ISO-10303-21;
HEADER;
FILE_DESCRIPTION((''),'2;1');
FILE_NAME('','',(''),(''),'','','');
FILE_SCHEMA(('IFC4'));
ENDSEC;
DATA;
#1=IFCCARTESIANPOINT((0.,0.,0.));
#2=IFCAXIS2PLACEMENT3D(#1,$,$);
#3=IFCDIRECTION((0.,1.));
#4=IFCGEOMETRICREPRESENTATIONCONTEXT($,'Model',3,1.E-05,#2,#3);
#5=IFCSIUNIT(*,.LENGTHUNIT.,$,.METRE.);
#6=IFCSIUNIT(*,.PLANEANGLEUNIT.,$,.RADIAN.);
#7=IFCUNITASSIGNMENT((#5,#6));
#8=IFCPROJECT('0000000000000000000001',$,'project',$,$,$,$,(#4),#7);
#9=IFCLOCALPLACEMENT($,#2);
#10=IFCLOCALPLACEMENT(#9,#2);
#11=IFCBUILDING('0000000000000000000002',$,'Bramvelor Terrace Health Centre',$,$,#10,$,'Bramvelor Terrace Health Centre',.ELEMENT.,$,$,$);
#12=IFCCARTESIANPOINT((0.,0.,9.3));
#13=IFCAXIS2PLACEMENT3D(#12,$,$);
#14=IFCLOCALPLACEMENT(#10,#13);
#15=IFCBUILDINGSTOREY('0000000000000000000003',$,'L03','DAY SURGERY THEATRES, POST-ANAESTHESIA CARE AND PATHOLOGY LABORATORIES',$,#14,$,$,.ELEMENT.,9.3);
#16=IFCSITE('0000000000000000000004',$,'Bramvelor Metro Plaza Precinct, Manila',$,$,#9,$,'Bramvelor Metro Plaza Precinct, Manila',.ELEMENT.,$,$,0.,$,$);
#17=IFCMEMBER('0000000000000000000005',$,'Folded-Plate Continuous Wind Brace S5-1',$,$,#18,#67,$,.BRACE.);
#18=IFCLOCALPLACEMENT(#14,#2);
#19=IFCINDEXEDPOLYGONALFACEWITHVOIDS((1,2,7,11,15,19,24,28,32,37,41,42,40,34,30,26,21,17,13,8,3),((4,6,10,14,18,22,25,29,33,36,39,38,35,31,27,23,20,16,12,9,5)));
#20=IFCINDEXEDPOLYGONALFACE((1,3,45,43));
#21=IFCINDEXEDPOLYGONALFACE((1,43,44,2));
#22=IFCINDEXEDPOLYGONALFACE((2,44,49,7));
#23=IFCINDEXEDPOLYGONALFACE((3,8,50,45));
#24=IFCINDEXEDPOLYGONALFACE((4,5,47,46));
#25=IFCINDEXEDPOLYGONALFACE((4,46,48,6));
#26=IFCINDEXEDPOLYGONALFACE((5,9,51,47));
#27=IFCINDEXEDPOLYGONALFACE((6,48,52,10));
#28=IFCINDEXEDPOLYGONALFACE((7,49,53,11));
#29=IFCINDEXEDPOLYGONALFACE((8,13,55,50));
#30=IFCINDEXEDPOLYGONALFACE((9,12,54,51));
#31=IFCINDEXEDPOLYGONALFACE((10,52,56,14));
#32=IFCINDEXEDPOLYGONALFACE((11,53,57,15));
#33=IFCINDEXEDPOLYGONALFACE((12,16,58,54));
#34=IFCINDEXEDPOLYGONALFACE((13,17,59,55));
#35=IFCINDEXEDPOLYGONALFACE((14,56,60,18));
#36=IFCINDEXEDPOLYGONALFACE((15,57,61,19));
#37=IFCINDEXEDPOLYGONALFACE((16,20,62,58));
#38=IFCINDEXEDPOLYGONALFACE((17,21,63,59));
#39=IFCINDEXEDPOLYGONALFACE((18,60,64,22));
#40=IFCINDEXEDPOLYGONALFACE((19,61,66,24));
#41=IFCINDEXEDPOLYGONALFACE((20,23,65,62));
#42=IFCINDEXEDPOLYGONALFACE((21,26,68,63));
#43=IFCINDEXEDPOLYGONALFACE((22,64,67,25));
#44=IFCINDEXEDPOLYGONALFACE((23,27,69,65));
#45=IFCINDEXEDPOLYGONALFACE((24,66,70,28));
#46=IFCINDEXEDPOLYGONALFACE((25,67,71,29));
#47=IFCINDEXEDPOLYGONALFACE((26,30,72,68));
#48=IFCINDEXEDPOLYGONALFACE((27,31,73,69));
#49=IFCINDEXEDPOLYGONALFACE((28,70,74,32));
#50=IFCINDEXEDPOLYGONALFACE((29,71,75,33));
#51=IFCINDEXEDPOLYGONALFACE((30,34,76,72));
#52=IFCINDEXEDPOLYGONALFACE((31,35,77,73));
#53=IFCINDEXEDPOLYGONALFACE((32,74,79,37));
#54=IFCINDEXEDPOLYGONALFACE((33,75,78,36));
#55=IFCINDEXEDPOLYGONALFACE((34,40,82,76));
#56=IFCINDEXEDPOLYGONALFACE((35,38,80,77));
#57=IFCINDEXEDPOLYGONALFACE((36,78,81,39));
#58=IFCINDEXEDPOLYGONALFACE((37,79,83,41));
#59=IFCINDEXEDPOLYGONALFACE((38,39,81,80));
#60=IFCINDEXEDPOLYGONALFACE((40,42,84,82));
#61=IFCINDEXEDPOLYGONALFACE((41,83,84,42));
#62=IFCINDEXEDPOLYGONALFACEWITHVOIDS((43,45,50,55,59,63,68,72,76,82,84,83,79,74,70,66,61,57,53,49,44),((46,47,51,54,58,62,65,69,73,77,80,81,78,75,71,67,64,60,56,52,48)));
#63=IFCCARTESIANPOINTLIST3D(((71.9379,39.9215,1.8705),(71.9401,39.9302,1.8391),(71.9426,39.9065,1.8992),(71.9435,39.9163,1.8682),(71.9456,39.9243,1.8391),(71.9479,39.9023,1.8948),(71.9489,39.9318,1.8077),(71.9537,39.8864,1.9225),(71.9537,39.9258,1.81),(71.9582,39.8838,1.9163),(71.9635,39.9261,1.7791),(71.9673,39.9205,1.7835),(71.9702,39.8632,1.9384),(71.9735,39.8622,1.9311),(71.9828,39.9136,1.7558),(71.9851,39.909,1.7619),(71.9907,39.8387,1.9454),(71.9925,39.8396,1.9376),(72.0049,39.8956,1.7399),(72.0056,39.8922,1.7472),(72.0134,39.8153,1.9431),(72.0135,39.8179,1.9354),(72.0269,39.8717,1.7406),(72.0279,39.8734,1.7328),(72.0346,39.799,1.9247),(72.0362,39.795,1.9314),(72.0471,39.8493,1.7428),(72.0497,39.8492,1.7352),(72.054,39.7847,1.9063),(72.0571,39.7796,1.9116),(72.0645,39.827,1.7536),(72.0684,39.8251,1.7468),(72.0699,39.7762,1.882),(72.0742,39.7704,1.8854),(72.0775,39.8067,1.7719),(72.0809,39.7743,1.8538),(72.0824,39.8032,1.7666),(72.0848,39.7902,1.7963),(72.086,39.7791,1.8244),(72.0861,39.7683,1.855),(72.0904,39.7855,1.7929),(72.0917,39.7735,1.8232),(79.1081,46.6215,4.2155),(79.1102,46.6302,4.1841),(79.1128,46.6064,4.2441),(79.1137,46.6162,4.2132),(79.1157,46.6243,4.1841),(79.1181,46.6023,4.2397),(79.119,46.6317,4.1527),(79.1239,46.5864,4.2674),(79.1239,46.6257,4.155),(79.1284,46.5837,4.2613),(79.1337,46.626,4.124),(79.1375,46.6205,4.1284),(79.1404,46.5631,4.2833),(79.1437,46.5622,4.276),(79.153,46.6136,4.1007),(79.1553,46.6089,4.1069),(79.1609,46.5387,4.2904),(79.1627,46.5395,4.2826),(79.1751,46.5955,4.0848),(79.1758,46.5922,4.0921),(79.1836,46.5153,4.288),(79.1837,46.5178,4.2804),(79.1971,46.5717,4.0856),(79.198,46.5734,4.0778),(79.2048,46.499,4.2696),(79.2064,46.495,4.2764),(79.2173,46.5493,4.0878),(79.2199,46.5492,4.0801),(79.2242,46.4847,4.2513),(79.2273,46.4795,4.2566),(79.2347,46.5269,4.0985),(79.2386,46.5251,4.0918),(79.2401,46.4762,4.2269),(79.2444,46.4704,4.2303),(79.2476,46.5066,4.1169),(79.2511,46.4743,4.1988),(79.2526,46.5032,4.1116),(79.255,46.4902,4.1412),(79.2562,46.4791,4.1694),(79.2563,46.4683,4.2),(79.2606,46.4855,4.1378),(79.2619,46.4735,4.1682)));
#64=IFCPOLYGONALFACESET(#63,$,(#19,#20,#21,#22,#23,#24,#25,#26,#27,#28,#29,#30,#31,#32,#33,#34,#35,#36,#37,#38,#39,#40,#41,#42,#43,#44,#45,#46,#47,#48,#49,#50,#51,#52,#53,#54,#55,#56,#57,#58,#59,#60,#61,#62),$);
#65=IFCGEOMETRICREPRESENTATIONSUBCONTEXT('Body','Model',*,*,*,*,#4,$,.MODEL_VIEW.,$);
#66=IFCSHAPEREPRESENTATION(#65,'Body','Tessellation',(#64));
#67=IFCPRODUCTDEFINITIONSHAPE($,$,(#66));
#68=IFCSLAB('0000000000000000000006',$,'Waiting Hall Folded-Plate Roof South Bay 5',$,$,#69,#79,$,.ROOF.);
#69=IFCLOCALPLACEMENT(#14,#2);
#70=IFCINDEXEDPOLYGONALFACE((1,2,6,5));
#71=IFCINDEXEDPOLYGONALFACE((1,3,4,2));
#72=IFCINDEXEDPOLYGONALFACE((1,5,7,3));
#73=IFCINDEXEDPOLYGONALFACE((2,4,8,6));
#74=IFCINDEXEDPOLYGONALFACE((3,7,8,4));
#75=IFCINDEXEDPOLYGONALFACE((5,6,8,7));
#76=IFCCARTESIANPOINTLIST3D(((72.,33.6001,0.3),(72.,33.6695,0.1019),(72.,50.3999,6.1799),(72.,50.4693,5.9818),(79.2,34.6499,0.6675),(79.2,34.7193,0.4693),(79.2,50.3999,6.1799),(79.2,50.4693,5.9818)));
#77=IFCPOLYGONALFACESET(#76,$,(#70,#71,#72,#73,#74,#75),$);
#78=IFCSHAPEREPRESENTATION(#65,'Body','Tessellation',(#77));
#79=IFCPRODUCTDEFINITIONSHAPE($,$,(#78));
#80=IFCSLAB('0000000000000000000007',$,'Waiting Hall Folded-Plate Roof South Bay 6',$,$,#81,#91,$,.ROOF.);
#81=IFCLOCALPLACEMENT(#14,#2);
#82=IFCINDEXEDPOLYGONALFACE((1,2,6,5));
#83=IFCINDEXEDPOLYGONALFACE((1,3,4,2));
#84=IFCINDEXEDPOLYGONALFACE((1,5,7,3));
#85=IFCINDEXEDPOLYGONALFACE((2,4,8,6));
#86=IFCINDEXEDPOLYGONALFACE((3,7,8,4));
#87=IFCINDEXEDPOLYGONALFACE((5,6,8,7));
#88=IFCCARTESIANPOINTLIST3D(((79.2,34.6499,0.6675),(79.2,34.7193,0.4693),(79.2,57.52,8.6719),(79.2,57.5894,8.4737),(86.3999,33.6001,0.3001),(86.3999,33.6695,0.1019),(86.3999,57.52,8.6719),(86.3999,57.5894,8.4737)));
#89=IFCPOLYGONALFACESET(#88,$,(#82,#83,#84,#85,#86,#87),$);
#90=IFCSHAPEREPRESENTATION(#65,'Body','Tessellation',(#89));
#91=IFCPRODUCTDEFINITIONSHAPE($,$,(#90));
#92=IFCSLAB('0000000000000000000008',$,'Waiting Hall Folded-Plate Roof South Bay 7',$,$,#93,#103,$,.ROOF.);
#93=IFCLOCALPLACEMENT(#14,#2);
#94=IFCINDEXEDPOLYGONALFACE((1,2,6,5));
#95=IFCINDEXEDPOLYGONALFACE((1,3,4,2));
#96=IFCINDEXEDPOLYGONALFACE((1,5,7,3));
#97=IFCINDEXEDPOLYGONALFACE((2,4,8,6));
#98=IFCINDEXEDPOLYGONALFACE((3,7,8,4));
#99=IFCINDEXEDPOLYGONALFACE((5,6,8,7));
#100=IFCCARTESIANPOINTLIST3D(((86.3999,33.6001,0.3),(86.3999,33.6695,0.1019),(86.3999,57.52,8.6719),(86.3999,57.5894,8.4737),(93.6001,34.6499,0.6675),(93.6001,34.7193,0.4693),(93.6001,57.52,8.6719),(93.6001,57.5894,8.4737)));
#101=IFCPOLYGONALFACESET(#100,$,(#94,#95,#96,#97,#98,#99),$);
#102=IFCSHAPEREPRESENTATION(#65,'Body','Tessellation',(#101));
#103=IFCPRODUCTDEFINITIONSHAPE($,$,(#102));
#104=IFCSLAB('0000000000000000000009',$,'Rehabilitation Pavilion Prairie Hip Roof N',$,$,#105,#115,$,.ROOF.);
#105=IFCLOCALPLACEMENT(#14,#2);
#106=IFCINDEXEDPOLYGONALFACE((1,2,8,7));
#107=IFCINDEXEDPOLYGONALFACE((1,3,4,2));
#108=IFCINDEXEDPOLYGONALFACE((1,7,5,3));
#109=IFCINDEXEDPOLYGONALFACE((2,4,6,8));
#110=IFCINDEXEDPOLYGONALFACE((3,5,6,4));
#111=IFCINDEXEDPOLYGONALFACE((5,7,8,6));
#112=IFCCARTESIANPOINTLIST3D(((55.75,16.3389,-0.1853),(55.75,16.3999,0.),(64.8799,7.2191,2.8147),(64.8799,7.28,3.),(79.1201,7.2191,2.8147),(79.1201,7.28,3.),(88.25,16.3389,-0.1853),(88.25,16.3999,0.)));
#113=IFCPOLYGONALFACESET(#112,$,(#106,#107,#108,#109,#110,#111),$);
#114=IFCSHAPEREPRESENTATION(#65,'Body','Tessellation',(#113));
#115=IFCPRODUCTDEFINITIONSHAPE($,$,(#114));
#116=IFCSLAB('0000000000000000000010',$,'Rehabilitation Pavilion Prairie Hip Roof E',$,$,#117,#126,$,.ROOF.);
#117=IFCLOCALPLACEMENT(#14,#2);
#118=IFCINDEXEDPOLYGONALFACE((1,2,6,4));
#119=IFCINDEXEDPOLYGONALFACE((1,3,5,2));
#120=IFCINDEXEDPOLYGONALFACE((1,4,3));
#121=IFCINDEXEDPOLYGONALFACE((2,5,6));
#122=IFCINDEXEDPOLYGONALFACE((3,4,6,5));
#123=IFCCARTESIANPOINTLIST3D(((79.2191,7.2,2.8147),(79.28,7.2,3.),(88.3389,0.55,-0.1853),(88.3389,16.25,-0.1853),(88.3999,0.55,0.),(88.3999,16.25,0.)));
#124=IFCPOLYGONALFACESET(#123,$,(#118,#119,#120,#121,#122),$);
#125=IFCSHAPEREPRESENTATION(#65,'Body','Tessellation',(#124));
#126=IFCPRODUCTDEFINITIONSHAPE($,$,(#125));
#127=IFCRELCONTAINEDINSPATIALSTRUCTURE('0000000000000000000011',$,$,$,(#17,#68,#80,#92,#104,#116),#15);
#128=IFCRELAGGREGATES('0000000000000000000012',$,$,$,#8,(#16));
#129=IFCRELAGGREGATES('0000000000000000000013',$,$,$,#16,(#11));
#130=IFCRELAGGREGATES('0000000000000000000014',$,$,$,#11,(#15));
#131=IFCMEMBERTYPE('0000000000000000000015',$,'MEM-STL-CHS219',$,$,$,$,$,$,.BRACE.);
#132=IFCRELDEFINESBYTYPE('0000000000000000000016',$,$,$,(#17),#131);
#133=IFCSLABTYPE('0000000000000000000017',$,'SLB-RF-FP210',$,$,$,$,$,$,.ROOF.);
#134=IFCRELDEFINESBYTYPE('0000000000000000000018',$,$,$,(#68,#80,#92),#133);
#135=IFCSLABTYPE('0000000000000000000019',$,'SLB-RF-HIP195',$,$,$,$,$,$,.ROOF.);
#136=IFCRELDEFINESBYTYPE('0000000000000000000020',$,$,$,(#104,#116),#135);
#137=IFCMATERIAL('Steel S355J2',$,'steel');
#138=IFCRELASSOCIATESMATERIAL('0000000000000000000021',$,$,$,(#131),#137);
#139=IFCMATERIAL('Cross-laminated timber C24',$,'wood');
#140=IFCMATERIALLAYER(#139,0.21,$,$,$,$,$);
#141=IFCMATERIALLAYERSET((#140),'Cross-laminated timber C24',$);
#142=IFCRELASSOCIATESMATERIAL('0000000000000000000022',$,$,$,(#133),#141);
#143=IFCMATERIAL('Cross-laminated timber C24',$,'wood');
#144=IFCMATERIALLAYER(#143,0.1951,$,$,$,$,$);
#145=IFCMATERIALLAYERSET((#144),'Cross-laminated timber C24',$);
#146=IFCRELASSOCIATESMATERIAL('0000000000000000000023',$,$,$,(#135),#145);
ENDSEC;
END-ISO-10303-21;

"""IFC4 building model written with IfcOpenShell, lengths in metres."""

from ifc_helpers import new_model, si_unit, direction, frame, origin, origin_2d, place, context, subcontext, project, spatial, polyline, hollow_circle, outline, extrude, material, layer, layer_set, material_profile, profile_set, type_object, element, save


model = new_model("IFC4")

# Units and contexts
model_context = context("Model", 3, precision=1e-05, world=origin(), true_north=direction((0.0, 1.0)))
body_context = subcontext(model_context, "Body", "Model", "MODEL_VIEW")
ifc_project = project(units=[si_unit("LENGTHUNIT", "METRE"), si_unit("PLANEANGLEUNIT", "RADIAN")], contexts=[model_context])

# Site, building, storey
site_placement = place(None, origin())
site = spatial("IfcSite", under=ifc_project, at=site_placement, Name="Bramvelor Metro Plaza Precinct, Manila", LongName="Bramvelor Metro Plaza Precinct, Manila", CompositionType="ELEMENT", RefElevation=0.0)
building_placement = place(site_placement, origin())
building = spatial("IfcBuilding", under=site, at=building_placement, Name="Bramvelor Terrace Health Centre", LongName="Bramvelor Terrace Health Centre", CompositionType="ELEMENT")
storey_placement = place(building_placement, frame((0.0, 0.0, 9.3)))
storey = spatial("IfcBuildingStorey", under=building, at=storey_placement, Name="L03", Description="DAY SURGERY THEATRES, POST-ANAESTHESIA CARE AND PATHOLOGY LABORATORIES", CompositionType="ELEMENT", Elevation=9.3)

# Member
ifc_material_1 = material(Name="Steel S355J2", Category="steel")
ifc_material_profile_1 = material_profile(ifc_material_1, hollow_circle(Radius=0.1096, WallThickness=0.0081, at=origin_2d()), Name="CHS 219.1x8.0")
ifc_profile_set_1 = profile_set([ifc_material_profile_1], Name="Steel S355J2")
member_type_1 = type_object("IfcMemberType", Name="MEM-STL-CHS219", PredefinedType="BRACE", material=ifc_profile_set_1)
member_1_placement = place(storey_placement, frame((72.0149, 39.8501, 1.8391), z_axis=(0.710651, 0.664047, 0.232415), x_axis=(-0.682743, 0.730659, 0.0)))
element("IfcMember", 1, at=member_1_placement, inside=storey, type_object=member_type_1, Name="Folded-Plate Continuous Wind Brace S5-1", PredefinedType="BRACE", context=body_context, shape_type="SweptSolid", body=[
    extrude(hollow_circle(Radius=0.1096, WallThickness=0.0081, at=origin_2d()), origin(), (0.0, 0.0, 1.0), 10.0896),
])

# Slabs
ifc_material_2 = material(Name="Cross-laminated timber C24", Category="wood")
ifc_layer_1 = layer(ifc_material_2, 0.21)
ifc_layer_set_1 = layer_set([ifc_layer_1], Name="Cross-laminated timber C24")
slab_type_1 = type_object("IfcSlabType", Name="SLB-RF-FP210", PredefinedType="ROOF", material=ifc_layer_set_1)
slab_1_placement = place(storey_placement, frame((72.0, 33.6001, 0.3), z_axis=(0.0, -0.330348, 0.943859), x_axis=(0.988277, 0.144098, 0.050434)))
element("IfcSlab", 2, at=slab_1_placement, inside=storey, type_object=slab_type_1, Name="Waiting Hall Folded-Plate Roof South Bay 5", PredefinedType="ROOF", context=body_context, shape_type="SweptSolid", body=[
    extrude(outline(polyline([(0.0, 0.0), (7.2854, 0.0), (9.8329, 16.4912), (2.7174, 17.5904), (0.0, 0.0)])), origin(), (0.0, 0.0, -1.0), 0.21),
])
slab_2_placement = place(storey_placement, frame((79.2, 34.6499, 0.6675), z_axis=(0.0, -0.330345, 0.94386), x_axis=(0.988277, -0.144098, -0.050434)))
element("IfcSlab", 3, at=slab_2_placement, inside=storey, type_object=slab_type_1, Name="Waiting Hall Folded-Plate Roof South Bay 6", PredefinedType="ROOF", context=body_context, shape_type="SweptSolid", body=[
    extrude(outline(polyline([(0.0, 0.0), (7.2854, 0.0), (3.4163, 25.0456), (-3.6992, 23.9464), (0.0, 0.0)])), origin(), (0.0, 0.0, -1.0), 0.21),
])
slab_3_placement = place(storey_placement, frame((86.3999, 33.6001, 0.3), z_axis=(0.0, -0.330345, 0.94386), x_axis=(0.988278, 0.144093, 0.050432)))
element("IfcSlab", 4, at=slab_3_placement, inside=storey, type_object=slab_type_1, Name="Waiting Hall Folded-Plate Roof South Bay 7", PredefinedType="ROOF", context=body_context, shape_type="SweptSolid", body=[
    extrude(outline(polyline([(0.0, 0.0), (7.2856, 0.0), (10.9847, 23.9464), (3.8689, 25.0456), (0.0, 0.0)])), origin(), (0.0, 0.0, -1.0), 0.21),
])
ifc_material_3 = material(Name="Cross-laminated timber C24", Category="wood")
ifc_layer_2 = layer(ifc_material_3, 0.1951)
ifc_layer_set_2 = layer_set([ifc_layer_2], Name="Cross-laminated timber C24")
slab_type_2 = type_object("IfcSlabType", Name="SLB-RF-HIP195", PredefinedType="ROOF", material=ifc_layer_set_2)
slab_4_placement = place(storey_placement, frame((64.8799, 7.28, 3.0), z_axis=(0.0, 0.31248, 0.949924), x_axis=(1.0, 0.0, 0.0)))
element("IfcSlab", 5, at=slab_4_placement, inside=storey, type_object=slab_type_2, Name="Rehabilitation Pavilion Prairie Hip Roof N", PredefinedType="ROOF", context=body_context, shape_type="SweptSolid", body=[
    extrude(outline(polyline([(0.0, 0.0), (14.2402, 0.0), (23.3701, 9.6006), (-9.1299, 9.6006), (0.0, 0.0)])), origin(), (0.0, 0.0, -1.0), 0.1951),
])
slab_5_placement = place(storey_placement, frame((88.3999, 0.55, 0.0), z_axis=(0.31248, 0.0, 0.949924), x_axis=(0.0, 1.0, 0.0)))
element("IfcSlab", 6, at=slab_5_placement, inside=storey, type_object=slab_type_2, Name="Rehabilitation Pavilion Prairie Hip Roof E", PredefinedType="ROOF", context=body_context, shape_type="SweptSolid", body=[
    extrude(outline(polyline([(0.0, 0.0), (15.7, 0.0), (6.6499, 9.6006), (0.0, 0.0)])), origin(), (0.0, 0.0, -1.0), 0.1951),
])

save(model, "model.ifc")
